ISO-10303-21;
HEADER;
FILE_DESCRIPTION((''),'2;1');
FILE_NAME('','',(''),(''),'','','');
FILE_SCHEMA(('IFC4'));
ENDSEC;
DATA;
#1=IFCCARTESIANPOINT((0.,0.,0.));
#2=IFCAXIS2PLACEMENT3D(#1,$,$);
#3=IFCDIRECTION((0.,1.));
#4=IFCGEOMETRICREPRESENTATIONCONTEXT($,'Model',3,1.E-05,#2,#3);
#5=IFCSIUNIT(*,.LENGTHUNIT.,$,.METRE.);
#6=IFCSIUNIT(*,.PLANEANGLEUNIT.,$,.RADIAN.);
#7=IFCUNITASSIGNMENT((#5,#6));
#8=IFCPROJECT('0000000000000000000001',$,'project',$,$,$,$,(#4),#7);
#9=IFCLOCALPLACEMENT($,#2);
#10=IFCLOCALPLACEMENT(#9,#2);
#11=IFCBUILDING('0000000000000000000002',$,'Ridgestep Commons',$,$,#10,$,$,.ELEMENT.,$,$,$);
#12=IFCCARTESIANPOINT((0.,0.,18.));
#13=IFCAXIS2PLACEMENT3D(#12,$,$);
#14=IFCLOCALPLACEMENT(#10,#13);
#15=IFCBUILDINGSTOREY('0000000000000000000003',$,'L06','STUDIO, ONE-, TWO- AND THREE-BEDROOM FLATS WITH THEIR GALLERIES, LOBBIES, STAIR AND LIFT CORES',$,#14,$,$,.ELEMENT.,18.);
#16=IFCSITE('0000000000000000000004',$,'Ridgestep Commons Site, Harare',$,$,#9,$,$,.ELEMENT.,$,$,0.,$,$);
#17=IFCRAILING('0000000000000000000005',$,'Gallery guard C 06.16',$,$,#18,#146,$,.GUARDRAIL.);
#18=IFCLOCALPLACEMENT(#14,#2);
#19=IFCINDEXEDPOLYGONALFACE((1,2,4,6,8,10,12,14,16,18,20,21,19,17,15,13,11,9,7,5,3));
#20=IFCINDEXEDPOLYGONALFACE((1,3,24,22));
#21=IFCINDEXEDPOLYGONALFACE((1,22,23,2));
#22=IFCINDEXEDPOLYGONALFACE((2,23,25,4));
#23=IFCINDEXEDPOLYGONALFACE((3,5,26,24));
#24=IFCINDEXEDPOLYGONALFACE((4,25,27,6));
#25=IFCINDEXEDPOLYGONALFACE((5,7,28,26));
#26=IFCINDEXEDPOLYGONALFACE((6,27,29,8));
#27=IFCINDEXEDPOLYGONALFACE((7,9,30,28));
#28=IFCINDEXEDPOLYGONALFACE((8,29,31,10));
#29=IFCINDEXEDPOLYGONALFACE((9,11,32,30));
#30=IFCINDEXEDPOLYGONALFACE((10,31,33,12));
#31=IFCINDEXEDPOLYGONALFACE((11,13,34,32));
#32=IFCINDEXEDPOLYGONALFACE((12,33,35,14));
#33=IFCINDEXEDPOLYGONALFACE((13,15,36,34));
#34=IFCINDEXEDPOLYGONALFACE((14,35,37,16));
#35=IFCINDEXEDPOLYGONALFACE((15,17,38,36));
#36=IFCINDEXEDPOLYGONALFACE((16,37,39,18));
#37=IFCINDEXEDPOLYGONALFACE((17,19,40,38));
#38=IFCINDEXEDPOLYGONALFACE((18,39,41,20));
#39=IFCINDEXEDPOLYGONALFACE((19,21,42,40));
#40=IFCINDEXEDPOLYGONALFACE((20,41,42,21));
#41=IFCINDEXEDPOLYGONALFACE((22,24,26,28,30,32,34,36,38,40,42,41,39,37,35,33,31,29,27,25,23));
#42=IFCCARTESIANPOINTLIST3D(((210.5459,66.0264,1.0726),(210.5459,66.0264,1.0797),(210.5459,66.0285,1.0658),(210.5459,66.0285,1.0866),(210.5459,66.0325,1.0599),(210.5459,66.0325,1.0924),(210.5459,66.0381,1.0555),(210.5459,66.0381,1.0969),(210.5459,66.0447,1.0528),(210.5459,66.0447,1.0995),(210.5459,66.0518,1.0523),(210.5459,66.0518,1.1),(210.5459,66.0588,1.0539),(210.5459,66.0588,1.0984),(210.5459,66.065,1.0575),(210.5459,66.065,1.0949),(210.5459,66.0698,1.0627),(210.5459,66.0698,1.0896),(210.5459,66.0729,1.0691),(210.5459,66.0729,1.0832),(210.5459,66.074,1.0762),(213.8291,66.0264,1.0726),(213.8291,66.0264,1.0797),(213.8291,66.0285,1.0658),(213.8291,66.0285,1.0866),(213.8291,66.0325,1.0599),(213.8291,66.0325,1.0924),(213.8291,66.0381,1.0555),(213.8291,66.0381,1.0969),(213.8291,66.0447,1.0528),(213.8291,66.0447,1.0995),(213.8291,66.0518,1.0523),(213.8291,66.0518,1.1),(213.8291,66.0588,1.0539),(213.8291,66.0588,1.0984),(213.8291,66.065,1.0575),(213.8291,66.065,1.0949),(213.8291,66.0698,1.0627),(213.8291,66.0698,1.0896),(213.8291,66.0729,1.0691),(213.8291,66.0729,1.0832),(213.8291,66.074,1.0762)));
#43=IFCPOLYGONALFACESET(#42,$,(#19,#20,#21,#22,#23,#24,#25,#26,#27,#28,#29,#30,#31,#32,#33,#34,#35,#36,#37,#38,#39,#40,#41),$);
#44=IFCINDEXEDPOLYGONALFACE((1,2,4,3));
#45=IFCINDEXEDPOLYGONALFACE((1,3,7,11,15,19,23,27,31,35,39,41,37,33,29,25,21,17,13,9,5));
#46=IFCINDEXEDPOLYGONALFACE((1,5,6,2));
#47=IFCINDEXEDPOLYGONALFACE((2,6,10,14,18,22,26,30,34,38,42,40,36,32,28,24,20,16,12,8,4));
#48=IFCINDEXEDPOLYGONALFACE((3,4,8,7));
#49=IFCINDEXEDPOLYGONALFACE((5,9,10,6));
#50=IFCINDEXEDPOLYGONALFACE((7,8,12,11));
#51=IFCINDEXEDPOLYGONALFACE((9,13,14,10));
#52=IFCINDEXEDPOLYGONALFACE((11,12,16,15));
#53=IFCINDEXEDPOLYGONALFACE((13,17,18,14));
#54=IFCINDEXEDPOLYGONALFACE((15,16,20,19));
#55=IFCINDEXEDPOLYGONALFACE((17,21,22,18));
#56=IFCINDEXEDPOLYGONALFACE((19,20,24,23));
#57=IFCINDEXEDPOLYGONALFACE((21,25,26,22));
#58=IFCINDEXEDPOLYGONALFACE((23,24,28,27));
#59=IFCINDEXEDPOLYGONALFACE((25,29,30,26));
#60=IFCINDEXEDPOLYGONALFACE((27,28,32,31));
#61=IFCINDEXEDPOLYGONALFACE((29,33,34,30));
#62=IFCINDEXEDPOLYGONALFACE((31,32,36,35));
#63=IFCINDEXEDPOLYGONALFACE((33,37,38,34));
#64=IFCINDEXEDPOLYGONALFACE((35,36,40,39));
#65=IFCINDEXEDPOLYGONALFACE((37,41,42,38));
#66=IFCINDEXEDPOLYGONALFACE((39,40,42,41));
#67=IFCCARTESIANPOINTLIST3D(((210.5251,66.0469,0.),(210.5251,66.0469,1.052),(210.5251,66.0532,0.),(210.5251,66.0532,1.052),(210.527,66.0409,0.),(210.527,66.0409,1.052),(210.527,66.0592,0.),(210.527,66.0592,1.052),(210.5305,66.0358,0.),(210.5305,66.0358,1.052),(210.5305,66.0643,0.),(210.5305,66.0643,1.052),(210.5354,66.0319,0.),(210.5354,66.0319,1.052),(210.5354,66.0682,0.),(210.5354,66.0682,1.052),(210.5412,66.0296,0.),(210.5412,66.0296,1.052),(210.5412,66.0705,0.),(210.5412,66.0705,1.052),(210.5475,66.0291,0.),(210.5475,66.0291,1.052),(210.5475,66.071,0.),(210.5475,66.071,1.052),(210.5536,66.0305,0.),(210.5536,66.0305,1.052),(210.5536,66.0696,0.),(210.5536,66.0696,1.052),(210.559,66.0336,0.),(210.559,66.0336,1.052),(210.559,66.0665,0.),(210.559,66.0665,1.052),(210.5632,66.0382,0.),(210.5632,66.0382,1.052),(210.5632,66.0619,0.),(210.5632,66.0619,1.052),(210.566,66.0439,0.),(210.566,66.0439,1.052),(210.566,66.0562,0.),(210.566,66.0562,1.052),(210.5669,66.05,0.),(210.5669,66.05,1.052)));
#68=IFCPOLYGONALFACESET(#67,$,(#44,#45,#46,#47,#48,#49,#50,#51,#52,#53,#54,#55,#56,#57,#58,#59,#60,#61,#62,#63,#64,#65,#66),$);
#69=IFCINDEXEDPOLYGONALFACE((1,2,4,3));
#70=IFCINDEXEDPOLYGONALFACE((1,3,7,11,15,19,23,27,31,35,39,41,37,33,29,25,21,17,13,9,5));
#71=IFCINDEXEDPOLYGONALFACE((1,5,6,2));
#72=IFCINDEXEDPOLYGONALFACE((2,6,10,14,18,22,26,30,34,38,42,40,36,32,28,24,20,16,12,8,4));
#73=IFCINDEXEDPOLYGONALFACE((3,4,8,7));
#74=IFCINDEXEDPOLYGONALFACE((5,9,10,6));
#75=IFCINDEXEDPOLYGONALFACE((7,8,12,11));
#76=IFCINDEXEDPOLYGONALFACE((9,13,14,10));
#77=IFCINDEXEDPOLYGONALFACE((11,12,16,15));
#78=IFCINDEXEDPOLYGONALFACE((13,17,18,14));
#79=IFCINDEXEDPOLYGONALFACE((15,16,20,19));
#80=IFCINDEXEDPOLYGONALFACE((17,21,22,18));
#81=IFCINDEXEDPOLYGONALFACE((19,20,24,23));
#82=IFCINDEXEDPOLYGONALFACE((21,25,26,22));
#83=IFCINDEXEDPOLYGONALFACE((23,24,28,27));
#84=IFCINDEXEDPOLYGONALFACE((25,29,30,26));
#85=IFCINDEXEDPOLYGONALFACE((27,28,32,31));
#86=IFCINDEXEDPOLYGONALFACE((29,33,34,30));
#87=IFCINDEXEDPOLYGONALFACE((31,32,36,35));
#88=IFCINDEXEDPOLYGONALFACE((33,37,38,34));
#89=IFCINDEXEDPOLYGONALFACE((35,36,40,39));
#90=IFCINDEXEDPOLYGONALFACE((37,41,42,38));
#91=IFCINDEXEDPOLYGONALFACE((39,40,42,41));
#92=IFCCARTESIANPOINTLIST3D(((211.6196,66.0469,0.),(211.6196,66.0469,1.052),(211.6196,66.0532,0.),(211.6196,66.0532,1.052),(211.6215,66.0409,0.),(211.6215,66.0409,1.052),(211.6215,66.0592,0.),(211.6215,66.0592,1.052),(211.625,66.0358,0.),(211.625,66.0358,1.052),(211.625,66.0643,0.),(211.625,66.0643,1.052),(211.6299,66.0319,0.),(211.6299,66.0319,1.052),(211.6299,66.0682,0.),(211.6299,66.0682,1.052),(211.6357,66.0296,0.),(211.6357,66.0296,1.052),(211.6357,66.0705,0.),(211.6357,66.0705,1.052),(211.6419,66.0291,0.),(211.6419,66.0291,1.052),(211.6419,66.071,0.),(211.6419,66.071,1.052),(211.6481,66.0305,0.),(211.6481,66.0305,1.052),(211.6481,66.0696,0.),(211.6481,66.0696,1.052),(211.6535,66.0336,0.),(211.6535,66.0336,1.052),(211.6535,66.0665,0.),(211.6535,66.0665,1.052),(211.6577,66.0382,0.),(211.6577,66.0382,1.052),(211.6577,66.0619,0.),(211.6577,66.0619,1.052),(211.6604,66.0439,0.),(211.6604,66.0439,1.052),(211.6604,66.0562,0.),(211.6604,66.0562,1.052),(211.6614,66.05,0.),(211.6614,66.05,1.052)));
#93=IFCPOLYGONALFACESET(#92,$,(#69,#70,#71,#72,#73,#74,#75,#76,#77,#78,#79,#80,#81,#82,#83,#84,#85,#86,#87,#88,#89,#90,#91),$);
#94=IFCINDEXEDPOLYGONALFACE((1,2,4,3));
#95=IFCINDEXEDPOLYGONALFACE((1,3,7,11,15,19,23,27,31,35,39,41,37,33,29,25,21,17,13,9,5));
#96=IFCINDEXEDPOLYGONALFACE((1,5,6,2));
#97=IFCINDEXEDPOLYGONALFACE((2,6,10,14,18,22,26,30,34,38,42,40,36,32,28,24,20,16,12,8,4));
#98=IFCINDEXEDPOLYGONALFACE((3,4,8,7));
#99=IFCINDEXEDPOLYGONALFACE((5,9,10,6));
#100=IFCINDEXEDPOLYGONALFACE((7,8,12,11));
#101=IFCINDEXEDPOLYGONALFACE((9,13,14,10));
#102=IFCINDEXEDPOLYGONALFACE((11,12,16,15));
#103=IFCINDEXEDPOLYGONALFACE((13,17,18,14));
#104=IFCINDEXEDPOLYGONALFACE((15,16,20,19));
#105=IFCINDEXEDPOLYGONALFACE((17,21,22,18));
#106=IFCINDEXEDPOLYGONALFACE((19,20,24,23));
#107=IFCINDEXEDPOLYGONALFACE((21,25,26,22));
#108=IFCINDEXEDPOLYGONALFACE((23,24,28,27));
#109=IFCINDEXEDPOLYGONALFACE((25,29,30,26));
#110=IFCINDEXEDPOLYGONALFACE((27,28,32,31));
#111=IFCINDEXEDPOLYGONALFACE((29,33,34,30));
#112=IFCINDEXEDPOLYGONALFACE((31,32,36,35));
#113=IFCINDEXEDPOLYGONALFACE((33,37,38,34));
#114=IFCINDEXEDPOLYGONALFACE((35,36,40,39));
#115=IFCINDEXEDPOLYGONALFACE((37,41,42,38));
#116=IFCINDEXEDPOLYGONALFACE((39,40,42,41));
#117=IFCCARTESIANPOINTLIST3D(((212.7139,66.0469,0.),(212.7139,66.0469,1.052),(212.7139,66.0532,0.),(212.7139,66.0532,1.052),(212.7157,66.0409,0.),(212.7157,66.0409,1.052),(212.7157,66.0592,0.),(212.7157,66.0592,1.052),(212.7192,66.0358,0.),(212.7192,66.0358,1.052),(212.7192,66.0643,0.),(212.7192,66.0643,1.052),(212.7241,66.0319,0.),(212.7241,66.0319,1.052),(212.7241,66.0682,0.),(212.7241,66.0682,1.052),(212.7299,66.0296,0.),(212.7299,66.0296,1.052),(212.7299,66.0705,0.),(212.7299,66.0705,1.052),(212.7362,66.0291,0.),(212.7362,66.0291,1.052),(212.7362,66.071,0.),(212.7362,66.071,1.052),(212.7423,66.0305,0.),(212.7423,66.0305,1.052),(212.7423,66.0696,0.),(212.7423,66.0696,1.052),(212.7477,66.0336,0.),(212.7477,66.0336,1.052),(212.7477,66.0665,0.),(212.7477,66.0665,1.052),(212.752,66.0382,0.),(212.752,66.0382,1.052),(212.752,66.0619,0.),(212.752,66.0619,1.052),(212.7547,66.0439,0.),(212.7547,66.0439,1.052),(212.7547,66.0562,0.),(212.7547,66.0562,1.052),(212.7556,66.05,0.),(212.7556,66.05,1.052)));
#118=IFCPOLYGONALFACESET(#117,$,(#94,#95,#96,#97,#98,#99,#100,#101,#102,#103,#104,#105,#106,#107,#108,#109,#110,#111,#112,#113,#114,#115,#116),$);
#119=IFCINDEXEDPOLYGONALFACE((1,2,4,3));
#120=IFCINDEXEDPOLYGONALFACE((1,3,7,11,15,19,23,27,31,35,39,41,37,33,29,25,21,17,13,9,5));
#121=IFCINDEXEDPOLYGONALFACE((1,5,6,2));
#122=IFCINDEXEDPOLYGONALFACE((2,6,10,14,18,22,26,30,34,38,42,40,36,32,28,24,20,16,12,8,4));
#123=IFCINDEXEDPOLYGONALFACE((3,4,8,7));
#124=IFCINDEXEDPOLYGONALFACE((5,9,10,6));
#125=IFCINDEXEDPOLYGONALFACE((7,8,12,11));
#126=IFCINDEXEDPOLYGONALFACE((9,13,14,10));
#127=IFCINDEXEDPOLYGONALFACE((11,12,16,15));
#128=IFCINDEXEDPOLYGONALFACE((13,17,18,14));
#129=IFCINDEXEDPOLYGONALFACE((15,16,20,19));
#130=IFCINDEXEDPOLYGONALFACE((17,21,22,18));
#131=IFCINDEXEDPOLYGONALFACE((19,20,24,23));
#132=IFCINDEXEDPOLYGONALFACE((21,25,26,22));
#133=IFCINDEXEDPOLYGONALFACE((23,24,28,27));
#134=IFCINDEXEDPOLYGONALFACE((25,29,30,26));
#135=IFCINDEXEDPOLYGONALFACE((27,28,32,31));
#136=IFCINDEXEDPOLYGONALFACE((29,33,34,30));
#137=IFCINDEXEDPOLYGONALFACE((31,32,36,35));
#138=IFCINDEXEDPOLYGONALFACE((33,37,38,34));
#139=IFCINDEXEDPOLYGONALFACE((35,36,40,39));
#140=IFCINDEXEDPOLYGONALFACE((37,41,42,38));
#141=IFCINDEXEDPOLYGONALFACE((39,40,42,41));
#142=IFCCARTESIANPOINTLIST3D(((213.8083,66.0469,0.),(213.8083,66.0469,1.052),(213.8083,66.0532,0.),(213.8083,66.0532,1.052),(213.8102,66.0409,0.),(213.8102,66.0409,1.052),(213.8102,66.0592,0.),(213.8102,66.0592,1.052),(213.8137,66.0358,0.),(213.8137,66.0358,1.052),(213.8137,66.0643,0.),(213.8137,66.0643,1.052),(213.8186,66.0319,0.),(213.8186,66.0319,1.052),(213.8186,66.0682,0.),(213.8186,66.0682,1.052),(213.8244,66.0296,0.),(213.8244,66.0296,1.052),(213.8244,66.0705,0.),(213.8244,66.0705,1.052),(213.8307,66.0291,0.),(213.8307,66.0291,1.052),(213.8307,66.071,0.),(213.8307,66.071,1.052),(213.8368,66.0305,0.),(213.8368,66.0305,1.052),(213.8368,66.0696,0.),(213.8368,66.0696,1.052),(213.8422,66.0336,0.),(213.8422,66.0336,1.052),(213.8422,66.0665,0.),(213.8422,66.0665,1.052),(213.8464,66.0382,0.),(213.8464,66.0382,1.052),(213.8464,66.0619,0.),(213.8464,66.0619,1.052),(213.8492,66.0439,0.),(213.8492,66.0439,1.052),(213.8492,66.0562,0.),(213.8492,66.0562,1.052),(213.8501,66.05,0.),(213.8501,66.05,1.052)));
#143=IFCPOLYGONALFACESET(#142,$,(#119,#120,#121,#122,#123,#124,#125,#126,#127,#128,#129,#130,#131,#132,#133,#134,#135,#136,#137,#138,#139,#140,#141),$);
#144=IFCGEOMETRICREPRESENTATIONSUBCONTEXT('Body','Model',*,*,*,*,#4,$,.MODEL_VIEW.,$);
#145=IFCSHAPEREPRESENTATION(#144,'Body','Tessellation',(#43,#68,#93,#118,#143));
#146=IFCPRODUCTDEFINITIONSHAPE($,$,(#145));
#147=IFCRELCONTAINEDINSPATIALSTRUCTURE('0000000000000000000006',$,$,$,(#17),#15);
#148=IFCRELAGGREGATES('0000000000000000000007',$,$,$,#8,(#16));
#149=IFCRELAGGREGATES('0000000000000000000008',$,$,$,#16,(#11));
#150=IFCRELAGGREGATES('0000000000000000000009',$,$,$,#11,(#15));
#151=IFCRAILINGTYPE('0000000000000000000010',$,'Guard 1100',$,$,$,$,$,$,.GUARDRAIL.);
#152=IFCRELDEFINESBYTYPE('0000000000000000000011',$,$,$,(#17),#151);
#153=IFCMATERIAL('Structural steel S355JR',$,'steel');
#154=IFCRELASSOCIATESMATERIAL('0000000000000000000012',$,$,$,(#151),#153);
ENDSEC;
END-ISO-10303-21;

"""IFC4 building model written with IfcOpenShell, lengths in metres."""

from ifc_helpers import new_model, si_unit, direction, frame, origin, origin_2d, place, context, subcontext, project, spatial, circle, extrude, material, type_object, element, save


model = new_model("IFC4")

# Units and contexts
model_context = context("Model", 3, precision=1e-05, world=origin(), true_north=direction((0.0, 1.0)))
body_context = subcontext(model_context, "Body", "Model", "MODEL_VIEW")
ifc_project = project(units=[si_unit("LENGTHUNIT", "METRE"), si_unit("PLANEANGLEUNIT", "RADIAN")], contexts=[model_context])

# Site, building, storey
site_placement = place(None, origin())
site = spatial("IfcSite", under=ifc_project, at=site_placement, Name="Ridgestep Commons Site, Harare", CompositionType="ELEMENT", RefElevation=0.0)
building_placement = place(site_placement, origin())
building = spatial("IfcBuilding", under=site, at=building_placement, Name="Ridgestep Commons", CompositionType="ELEMENT")
storey_placement = place(building_placement, frame((0.0, 0.0, 18.0)))
storey = spatial("IfcBuildingStorey", under=building, at=storey_placement, Name="L06", Description="STUDIO, ONE-, TWO- AND THREE-BEDROOM FLATS WITH THEIR GALLERIES, LOBBIES, STAIR AND LIFT CORES", CompositionType="ELEMENT", Elevation=18.0)

# Railing
ifc_material_1 = material(Name="Structural steel S355JR", Category="steel")
railing_type = type_object("IfcRailingType", Name="Guard 1100", PredefinedType="GUARDRAIL", material=ifc_material_1)
for number, where, name in (
    (1, (210.5459, 66.05, 0.0), "Gallery guard C 06.16"),
):
    element("IfcRailing", number, at=place(storey_placement, frame(where)), inside=storey, type_object=railing_type, Name=name, PredefinedType="GUARDRAIL", context=body_context, shape_type="SweptSolid", body=[
        extrude(circle(Radius=0.0239, at=origin_2d()), frame((0.0, 0.0, 1.0762), z_axis=(1.0, 0.0, 0.0), x_axis=(0.0, 1.0, 0.0)), (0.0, 0.0, 1.0), 3.2832),
        extrude(circle(Radius=0.021, at=origin_2d()), origin(), (0.0, 0.0, 1.0), 1.052),
        extrude(circle(Radius=0.021, at=origin_2d()), frame((1.0945, 0.0, 0.0)), (0.0, 0.0, 1.0), 1.052),
        extrude(circle(Radius=0.021, at=origin_2d()), frame((2.1887, 0.0, 0.0)), (0.0, 0.0, 1.0), 1.052),
        extrude(circle(Radius=0.021, at=origin_2d()), frame((3.2832, 0.0, 0.0)), (0.0, 0.0, 1.0), 1.052),
    ])

save(model, "model.ifc")
